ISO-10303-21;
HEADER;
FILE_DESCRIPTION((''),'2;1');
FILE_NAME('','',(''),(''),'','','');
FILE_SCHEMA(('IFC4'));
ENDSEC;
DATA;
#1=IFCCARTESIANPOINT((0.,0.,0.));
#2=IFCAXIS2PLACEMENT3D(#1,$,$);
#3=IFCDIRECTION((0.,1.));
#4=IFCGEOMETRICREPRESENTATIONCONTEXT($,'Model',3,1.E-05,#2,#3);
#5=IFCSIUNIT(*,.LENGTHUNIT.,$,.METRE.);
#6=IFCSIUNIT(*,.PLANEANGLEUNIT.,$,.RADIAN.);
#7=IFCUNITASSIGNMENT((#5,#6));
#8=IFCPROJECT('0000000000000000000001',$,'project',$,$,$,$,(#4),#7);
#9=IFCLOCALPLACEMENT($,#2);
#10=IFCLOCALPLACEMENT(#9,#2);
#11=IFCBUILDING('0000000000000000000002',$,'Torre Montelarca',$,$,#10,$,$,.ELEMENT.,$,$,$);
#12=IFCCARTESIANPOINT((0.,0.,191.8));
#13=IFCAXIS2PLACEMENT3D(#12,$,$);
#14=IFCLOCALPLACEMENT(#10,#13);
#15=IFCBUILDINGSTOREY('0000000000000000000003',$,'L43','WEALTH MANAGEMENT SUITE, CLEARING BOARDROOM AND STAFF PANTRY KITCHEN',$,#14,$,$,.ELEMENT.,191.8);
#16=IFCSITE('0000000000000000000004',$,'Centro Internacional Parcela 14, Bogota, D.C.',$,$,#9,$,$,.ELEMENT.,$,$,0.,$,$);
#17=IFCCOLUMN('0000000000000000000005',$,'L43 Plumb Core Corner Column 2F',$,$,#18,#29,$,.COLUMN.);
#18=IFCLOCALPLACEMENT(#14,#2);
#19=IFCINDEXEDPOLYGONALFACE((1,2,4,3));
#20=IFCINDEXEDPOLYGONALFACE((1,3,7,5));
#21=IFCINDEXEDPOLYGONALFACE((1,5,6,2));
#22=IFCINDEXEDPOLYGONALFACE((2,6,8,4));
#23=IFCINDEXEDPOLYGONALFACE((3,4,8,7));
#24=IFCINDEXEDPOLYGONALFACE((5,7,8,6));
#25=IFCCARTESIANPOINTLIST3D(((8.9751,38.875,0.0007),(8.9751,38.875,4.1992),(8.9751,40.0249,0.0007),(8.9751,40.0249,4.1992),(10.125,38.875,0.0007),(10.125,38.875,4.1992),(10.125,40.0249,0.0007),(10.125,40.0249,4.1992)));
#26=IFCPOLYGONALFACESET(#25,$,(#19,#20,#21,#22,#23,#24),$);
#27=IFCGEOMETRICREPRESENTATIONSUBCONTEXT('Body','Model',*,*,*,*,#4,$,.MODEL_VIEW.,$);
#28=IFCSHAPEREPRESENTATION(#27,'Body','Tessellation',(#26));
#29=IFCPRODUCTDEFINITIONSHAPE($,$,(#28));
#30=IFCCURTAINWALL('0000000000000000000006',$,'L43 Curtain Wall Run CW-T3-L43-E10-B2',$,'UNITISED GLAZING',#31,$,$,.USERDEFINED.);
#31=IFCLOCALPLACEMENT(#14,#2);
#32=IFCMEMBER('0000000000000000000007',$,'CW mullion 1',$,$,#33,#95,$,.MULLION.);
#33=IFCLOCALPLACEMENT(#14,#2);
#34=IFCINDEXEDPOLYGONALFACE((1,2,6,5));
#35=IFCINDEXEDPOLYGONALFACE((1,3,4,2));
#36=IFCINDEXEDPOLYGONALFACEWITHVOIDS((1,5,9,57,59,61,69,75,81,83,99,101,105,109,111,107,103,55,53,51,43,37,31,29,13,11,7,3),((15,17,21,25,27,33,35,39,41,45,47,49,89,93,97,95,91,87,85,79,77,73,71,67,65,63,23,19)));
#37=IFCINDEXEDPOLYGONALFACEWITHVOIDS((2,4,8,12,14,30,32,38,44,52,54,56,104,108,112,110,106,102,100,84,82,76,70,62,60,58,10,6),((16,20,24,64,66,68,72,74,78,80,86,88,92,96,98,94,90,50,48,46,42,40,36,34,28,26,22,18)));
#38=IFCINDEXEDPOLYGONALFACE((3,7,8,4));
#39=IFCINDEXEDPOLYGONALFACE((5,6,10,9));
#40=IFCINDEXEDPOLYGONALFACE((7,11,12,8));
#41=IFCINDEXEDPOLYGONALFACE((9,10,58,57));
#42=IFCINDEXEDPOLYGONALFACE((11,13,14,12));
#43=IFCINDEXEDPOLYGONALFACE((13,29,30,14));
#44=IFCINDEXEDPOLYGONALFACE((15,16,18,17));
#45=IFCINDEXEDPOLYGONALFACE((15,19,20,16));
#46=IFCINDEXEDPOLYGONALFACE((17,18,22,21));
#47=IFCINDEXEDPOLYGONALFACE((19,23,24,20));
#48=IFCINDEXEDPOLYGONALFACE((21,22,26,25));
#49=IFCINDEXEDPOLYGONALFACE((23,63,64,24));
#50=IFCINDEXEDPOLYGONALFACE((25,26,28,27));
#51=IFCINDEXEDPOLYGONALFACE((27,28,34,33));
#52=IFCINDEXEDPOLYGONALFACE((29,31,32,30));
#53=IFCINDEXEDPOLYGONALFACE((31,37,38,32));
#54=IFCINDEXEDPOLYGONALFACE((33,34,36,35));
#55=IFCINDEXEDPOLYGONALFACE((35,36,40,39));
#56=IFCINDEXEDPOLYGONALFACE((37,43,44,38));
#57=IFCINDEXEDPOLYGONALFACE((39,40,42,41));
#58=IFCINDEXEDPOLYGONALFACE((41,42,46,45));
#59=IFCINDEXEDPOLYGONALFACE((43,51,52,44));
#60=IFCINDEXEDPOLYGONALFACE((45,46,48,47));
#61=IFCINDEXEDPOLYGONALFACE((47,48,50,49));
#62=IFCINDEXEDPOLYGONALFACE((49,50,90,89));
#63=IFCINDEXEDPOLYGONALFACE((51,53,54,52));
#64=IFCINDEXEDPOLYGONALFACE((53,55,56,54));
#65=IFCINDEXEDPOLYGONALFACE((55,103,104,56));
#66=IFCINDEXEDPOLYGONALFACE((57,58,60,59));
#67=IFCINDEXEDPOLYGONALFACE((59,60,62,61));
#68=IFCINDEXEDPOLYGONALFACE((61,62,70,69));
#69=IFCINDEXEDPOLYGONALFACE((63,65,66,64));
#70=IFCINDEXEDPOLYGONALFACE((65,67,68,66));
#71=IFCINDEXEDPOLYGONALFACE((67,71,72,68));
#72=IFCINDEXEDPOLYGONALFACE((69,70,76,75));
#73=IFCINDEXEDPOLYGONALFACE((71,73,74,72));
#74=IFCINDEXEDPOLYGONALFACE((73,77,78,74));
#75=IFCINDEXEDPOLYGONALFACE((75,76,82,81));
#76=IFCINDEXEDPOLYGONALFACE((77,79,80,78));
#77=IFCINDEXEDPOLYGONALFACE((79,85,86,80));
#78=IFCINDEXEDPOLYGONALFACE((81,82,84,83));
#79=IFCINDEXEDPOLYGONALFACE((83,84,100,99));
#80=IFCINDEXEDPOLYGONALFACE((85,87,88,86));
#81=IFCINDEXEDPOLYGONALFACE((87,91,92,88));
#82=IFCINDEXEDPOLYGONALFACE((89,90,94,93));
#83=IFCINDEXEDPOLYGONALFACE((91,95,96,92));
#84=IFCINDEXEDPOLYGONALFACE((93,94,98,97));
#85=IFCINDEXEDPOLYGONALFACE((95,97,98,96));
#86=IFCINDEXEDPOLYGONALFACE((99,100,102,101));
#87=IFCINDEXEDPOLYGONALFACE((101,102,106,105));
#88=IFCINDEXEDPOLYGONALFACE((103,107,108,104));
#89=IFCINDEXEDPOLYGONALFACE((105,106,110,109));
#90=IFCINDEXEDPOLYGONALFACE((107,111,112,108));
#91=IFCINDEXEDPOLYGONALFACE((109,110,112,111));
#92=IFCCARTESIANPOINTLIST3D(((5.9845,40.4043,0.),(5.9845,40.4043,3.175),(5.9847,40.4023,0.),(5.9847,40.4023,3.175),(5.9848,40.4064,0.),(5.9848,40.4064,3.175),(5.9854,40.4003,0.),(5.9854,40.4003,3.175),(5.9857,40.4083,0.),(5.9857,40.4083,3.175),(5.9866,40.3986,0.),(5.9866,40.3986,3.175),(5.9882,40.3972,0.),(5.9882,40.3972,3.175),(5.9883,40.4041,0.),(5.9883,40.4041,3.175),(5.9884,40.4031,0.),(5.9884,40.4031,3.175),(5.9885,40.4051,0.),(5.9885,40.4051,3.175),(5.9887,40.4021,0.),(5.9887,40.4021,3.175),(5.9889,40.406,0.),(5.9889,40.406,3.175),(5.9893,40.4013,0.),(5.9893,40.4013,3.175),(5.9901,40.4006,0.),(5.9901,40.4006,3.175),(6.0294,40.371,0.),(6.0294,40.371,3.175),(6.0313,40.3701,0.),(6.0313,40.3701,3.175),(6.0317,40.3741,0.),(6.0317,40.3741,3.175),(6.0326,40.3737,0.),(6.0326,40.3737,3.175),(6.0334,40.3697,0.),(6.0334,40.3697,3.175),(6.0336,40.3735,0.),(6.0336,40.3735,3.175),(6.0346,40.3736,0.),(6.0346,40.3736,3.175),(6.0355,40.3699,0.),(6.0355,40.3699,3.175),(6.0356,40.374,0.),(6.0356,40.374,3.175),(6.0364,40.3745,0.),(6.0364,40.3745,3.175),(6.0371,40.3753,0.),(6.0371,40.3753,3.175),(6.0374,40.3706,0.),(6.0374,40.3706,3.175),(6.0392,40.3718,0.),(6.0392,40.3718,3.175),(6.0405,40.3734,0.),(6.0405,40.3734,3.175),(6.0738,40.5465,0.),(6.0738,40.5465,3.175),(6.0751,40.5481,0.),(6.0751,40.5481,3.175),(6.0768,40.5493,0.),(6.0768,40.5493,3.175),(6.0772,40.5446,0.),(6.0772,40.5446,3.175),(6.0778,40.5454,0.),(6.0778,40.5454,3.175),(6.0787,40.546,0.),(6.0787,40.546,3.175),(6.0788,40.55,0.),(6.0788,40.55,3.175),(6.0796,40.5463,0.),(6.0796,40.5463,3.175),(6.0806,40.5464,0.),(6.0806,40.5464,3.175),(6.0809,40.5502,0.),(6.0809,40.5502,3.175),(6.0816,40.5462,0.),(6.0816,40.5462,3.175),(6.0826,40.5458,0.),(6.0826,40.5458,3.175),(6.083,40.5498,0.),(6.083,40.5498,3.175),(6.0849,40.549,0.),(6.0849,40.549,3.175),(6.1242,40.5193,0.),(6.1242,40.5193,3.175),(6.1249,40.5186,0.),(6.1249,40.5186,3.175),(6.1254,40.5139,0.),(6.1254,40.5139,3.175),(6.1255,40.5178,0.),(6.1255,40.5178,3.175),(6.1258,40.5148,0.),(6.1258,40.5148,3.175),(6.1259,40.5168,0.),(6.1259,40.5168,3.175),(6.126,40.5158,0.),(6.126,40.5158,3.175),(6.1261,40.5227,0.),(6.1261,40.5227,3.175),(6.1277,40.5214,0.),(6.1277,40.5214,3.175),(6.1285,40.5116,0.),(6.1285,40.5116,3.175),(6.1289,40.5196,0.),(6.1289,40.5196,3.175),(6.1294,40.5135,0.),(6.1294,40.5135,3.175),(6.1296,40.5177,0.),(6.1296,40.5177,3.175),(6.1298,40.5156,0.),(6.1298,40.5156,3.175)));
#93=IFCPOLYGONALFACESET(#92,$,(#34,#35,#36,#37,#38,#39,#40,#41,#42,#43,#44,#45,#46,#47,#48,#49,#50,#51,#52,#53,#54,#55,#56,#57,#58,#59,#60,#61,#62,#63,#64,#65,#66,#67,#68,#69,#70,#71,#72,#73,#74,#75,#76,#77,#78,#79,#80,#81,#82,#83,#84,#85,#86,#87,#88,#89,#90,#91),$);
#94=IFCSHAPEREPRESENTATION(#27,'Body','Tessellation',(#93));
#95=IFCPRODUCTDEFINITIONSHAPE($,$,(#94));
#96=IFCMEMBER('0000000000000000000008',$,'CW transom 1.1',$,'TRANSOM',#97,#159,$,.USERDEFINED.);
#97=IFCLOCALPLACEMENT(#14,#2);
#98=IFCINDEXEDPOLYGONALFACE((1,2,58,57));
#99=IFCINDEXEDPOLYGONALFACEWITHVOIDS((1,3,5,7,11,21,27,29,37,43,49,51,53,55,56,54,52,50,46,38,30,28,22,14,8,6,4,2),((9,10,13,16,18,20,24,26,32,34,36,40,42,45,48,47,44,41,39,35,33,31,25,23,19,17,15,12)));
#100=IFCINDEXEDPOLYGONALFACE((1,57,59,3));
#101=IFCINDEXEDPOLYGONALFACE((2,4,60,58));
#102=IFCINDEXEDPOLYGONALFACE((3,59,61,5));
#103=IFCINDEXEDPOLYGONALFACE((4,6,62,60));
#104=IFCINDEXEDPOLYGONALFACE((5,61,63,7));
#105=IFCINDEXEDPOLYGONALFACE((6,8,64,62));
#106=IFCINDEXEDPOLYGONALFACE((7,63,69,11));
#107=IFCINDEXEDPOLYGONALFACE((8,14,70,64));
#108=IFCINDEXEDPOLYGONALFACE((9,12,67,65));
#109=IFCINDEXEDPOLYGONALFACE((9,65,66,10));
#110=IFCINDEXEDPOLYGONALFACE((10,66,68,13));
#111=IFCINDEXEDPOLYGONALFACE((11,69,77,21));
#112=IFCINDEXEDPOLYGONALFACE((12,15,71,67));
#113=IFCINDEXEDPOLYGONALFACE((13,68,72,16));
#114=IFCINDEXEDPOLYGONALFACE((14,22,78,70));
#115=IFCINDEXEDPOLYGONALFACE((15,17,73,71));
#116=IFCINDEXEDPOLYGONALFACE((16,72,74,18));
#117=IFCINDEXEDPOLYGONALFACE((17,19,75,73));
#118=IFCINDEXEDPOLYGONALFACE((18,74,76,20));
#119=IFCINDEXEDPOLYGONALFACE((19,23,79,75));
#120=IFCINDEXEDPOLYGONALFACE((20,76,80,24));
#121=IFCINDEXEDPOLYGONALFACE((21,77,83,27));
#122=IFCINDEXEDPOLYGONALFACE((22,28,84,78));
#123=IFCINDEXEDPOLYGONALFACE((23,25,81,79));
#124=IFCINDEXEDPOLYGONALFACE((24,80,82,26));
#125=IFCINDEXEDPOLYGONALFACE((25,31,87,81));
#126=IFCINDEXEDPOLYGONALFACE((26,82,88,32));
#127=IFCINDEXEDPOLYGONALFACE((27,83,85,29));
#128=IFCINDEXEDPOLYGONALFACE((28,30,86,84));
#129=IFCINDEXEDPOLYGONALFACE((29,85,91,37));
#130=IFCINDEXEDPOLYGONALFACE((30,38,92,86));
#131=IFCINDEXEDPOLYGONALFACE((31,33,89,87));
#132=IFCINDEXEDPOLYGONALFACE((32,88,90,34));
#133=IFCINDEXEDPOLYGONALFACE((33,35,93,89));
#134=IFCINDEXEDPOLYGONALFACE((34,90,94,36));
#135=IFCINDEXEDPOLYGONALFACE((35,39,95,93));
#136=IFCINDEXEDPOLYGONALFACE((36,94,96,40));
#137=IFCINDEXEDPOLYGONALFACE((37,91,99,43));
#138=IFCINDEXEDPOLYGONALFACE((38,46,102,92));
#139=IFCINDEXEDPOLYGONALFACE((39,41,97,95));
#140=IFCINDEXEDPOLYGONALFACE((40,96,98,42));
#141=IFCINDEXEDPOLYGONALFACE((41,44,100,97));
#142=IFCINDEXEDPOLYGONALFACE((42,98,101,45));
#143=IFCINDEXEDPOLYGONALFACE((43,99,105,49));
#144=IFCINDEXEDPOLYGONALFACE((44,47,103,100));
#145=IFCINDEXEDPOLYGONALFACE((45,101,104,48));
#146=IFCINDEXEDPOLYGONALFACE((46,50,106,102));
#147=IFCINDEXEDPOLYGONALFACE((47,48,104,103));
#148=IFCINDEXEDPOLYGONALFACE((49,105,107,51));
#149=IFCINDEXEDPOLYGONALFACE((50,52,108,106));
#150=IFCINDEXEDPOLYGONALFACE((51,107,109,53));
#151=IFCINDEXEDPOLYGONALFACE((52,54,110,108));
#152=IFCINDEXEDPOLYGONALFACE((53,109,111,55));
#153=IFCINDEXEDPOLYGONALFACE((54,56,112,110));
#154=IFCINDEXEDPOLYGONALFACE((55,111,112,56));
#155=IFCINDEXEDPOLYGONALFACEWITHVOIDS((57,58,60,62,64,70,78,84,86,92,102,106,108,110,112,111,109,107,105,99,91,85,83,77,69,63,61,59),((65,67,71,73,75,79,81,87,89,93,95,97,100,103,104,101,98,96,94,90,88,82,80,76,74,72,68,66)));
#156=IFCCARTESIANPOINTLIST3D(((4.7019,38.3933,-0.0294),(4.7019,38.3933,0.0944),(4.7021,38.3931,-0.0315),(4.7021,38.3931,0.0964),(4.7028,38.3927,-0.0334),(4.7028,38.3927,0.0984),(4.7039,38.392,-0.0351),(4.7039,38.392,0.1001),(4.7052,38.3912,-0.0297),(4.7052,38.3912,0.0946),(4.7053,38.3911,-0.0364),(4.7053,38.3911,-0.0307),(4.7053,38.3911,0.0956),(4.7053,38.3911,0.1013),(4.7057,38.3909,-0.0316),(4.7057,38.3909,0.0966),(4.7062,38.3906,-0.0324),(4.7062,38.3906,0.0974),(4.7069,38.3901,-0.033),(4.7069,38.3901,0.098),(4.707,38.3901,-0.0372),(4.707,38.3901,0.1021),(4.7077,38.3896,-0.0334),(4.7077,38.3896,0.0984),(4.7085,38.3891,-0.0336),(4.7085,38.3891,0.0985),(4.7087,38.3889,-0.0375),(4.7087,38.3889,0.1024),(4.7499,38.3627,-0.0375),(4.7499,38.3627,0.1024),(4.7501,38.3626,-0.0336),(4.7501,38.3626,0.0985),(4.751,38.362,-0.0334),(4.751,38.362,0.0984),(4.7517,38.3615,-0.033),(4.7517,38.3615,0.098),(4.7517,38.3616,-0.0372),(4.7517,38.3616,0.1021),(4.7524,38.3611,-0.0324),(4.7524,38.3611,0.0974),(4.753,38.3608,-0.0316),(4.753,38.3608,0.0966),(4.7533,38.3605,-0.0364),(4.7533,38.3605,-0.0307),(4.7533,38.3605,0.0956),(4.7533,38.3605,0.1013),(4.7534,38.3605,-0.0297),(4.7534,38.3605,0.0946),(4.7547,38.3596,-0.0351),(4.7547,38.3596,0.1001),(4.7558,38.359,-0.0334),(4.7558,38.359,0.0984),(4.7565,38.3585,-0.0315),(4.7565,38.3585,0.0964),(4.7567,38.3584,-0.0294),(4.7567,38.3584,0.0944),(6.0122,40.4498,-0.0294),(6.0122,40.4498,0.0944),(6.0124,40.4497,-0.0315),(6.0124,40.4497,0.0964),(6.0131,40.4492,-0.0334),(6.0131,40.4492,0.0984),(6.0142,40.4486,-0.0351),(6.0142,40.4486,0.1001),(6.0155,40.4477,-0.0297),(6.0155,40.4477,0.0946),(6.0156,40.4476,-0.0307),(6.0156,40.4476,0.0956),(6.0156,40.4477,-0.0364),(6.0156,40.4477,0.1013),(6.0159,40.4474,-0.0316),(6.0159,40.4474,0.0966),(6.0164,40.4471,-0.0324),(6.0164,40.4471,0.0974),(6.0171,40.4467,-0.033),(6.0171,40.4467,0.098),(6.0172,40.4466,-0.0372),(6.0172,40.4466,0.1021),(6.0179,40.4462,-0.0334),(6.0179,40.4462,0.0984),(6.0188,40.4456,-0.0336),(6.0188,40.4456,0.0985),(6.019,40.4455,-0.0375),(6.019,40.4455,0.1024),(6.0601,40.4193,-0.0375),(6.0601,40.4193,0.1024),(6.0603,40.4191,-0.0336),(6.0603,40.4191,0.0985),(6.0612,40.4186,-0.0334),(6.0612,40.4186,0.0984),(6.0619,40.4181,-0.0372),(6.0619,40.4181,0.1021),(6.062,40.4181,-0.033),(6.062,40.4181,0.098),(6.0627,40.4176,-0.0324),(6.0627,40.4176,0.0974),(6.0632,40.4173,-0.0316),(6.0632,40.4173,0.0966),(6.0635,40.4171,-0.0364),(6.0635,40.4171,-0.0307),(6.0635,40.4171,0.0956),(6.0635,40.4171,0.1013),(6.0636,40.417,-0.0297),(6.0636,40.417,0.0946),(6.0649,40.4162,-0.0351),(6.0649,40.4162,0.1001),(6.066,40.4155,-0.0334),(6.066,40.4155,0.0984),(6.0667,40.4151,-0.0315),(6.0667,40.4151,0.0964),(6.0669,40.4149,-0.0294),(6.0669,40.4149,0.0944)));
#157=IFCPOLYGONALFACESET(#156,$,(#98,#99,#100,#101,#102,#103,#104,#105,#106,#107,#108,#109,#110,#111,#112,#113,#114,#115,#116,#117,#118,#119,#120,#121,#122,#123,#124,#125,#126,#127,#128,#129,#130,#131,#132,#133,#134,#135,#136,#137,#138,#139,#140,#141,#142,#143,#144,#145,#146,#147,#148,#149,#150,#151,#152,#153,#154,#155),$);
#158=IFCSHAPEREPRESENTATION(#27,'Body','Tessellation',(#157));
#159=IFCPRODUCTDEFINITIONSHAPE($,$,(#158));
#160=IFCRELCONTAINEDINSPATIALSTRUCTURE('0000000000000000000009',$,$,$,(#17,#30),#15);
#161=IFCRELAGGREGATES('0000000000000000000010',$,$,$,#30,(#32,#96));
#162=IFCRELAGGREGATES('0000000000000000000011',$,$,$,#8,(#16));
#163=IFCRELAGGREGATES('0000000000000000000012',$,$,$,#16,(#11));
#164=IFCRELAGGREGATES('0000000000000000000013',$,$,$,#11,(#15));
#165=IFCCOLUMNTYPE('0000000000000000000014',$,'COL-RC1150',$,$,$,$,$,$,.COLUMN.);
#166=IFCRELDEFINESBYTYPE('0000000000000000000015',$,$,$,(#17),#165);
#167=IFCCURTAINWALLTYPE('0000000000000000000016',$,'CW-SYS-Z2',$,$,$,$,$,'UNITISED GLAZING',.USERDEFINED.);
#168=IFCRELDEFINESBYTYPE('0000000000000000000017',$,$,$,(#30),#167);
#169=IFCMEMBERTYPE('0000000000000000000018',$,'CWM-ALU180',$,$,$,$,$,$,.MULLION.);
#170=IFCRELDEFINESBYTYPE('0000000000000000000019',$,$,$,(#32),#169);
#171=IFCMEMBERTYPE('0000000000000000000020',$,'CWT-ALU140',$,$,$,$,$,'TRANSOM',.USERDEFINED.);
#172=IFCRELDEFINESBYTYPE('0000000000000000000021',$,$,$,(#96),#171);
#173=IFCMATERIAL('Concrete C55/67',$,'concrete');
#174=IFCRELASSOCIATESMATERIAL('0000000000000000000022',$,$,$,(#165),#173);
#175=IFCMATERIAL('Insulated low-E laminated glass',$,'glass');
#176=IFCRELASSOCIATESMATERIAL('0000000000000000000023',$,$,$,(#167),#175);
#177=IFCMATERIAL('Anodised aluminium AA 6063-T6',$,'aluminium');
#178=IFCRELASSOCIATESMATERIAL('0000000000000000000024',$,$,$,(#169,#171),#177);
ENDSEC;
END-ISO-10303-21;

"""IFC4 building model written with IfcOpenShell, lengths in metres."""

from ifc_helpers import new_model, si_unit, direction, frame, origin, origin_2d, place, context, subcontext, project, spatial, rectangle, hollow_rectangle, extrude, source, transform, mapped, material, material_profile, profile_set, type_object, element, aggregate, save


model = new_model("IFC4")

# Units and contexts
model_context = context("Model", 3, precision=1e-05, world=origin(), true_north=direction((0.0, 1.0)))
body_context = subcontext(model_context, "Body", "Model", "MODEL_VIEW")
ifc_project = project(units=[si_unit("LENGTHUNIT", "METRE"), si_unit("PLANEANGLEUNIT", "RADIAN")], contexts=[model_context])

# Site, building, storey
site_placement = place(None, origin())
site = spatial("IfcSite", under=ifc_project, at=site_placement, Name="Centro Internacional Parcela 14, Bogota, D.C.", CompositionType="ELEMENT", RefElevation=0.0)
building_placement = place(site_placement, origin())
building = spatial("IfcBuilding", under=site, at=building_placement, Name="Torre Montelarca", CompositionType="ELEMENT")
storey_placement = place(building_placement, frame((0.0, 0.0, 191.8)))
storey = spatial("IfcBuildingStorey", under=building, at=storey_placement, Name="L43", Description="WEALTH MANAGEMENT SUITE, CLEARING BOARDROOM AND STAFF PANTRY KITCHEN", CompositionType="ELEMENT", Elevation=191.8)

# Column
ifc_material_1 = material(Name="Concrete C55/67", Category="concrete")
ifc_material_profile_1 = material_profile(ifc_material_1, rectangle(XDim=1.1499, YDim=1.1499, at=origin_2d()), Name="RC1150X1150", Category="concrete")
ifc_profile_set_1 = profile_set([ifc_material_profile_1], Name="Concrete C55/67")
column_type = type_object("IfcColumnType", Name="COL-RC1150", PredefinedType="COLUMN", material=ifc_profile_set_1)
shared_shape_1 = source(origin(), body_context, "Body", "SweptSolid", [
    extrude(rectangle(XDim=1.1499, YDim=1.1499, at=origin_2d()), origin(), (0.0, 0.0, 1.0), 4.1985),
])
column_placement = place(storey_placement, frame((9.55, 39.45, 0.0007), z_axis=(0.0, 0.0, 1.0), x_axis=(1.0, 0.0, 0.0)))
element("IfcColumn", 1, at=column_placement, inside=storey, type_object=column_type, Name="L43 Plumb Core Corner Column 2F", PredefinedType="COLUMN", context=body_context, shape_type="MappedRepresentation", body=[
    mapped(shared_shape_1, transform((0.0, 0.0, 0.0), scale=1.0)),
])

# Curtain wall, members
ifc_material_2 = material(Name="Insulated low-E laminated glass", Category="glass")
curtain_wall_type = type_object("IfcCurtainWallType", Name="CW-SYS-Z2", ElementType="UNITISED GLAZING", PredefinedType="USERDEFINED", material=ifc_material_2)
curtain_wall_placement = place(storey_placement, origin())
curtain_wall = element("IfcCurtainWall", 2, at=curtain_wall_placement, inside=storey, type_object=curtain_wall_type, Name="L43 Curtain Wall Run CW-T3-L43-E10-B2", ObjectType="UNITISED GLAZING", PredefinedType="USERDEFINED")
ifc_material_3 = material(Name="Anodised aluminium AA 6063-T6", Category="aluminium")
ifc_material_profile_2 = material_profile(ifc_material_3, hollow_rectangle(XDim=0.0649, YDim=0.1799, WallThickness=0.0039, InnerFilletRadius=0.0039, OuterFilletRadius=0.0081, at=origin_2d()), Name="ALU65X180X4", Category="aluminium")
ifc_profile_set_2 = profile_set([ifc_material_profile_2], Name="Anodised aluminium AA 6063-T6")
member_type_1 = type_object("IfcMemberType", Name="CWM-ALU180", PredefinedType="MULLION", material=ifc_profile_set_2)
shared_shape_2 = source(origin(), body_context, "Body", "SweptSolid", [
    extrude(hollow_rectangle(XDim=0.0649, YDim=0.1799, WallThickness=0.0039, InnerFilletRadius=0.0039, OuterFilletRadius=0.0081, at=origin_2d()), origin(), (0.0, 0.0, 1.0), 3.175),
])
member_1_placement = place(storey_placement, frame((6.0571, 40.46, 0.0), z_axis=(0.0, 0.0, 1.0), x_axis=(0.84339, -0.537301, 0.0)))
member_1 = element("IfcMember", 3, at=member_1_placement, type_object=member_type_1, Name="CW mullion 1", PredefinedType="MULLION", context=body_context, shape_type="MappedRepresentation", body=[
    mapped(shared_shape_2, transform((0.0, 0.0, 0.0), scale=1.0)),
])
ifc_material_profile_3 = material_profile(ifc_material_3, hollow_rectangle(XDim=0.0649, YDim=0.1399, WallThickness=0.0039, InnerFilletRadius=0.0039, OuterFilletRadius=0.0081, at=origin_2d()), Name="ALU65X140X4", Category="aluminium")
ifc_profile_set_3 = profile_set([ifc_material_profile_3], Name="Anodised aluminium AA 6063-T6")
member_type_2 = type_object("IfcMemberType", Name="CWT-ALU140", ElementType="TRANSOM", PredefinedType="USERDEFINED", material=ifc_profile_set_3)
shared_shape_3 = source(origin(), body_context, "Body", "SweptSolid", [
    extrude(hollow_rectangle(XDim=0.0649, YDim=0.1399, WallThickness=0.0039, InnerFilletRadius=0.0039, OuterFilletRadius=0.0081, at=origin_2d()), origin(), (0.0, 0.0, 1.0), 2.4385),
])
member_2_placement = place(storey_placement, frame((6.0396, 40.4324, 0.0325), z_axis=(-0.537322, -0.843377, 0.0), x_axis=(0.843377, -0.537322, 0.0)))
member_2 = element("IfcMember", 4, at=member_2_placement, type_object=member_type_2, Name="CW transom 1.1", ObjectType="TRANSOM", PredefinedType="USERDEFINED", context=body_context, shape_type="MappedRepresentation", body=[
    mapped(shared_shape_3, transform((0.0, 0.0, 0.0), scale=1.0)),
])
aggregate(curtain_wall, [member_1, member_2])

save(model, "model.ifc")
